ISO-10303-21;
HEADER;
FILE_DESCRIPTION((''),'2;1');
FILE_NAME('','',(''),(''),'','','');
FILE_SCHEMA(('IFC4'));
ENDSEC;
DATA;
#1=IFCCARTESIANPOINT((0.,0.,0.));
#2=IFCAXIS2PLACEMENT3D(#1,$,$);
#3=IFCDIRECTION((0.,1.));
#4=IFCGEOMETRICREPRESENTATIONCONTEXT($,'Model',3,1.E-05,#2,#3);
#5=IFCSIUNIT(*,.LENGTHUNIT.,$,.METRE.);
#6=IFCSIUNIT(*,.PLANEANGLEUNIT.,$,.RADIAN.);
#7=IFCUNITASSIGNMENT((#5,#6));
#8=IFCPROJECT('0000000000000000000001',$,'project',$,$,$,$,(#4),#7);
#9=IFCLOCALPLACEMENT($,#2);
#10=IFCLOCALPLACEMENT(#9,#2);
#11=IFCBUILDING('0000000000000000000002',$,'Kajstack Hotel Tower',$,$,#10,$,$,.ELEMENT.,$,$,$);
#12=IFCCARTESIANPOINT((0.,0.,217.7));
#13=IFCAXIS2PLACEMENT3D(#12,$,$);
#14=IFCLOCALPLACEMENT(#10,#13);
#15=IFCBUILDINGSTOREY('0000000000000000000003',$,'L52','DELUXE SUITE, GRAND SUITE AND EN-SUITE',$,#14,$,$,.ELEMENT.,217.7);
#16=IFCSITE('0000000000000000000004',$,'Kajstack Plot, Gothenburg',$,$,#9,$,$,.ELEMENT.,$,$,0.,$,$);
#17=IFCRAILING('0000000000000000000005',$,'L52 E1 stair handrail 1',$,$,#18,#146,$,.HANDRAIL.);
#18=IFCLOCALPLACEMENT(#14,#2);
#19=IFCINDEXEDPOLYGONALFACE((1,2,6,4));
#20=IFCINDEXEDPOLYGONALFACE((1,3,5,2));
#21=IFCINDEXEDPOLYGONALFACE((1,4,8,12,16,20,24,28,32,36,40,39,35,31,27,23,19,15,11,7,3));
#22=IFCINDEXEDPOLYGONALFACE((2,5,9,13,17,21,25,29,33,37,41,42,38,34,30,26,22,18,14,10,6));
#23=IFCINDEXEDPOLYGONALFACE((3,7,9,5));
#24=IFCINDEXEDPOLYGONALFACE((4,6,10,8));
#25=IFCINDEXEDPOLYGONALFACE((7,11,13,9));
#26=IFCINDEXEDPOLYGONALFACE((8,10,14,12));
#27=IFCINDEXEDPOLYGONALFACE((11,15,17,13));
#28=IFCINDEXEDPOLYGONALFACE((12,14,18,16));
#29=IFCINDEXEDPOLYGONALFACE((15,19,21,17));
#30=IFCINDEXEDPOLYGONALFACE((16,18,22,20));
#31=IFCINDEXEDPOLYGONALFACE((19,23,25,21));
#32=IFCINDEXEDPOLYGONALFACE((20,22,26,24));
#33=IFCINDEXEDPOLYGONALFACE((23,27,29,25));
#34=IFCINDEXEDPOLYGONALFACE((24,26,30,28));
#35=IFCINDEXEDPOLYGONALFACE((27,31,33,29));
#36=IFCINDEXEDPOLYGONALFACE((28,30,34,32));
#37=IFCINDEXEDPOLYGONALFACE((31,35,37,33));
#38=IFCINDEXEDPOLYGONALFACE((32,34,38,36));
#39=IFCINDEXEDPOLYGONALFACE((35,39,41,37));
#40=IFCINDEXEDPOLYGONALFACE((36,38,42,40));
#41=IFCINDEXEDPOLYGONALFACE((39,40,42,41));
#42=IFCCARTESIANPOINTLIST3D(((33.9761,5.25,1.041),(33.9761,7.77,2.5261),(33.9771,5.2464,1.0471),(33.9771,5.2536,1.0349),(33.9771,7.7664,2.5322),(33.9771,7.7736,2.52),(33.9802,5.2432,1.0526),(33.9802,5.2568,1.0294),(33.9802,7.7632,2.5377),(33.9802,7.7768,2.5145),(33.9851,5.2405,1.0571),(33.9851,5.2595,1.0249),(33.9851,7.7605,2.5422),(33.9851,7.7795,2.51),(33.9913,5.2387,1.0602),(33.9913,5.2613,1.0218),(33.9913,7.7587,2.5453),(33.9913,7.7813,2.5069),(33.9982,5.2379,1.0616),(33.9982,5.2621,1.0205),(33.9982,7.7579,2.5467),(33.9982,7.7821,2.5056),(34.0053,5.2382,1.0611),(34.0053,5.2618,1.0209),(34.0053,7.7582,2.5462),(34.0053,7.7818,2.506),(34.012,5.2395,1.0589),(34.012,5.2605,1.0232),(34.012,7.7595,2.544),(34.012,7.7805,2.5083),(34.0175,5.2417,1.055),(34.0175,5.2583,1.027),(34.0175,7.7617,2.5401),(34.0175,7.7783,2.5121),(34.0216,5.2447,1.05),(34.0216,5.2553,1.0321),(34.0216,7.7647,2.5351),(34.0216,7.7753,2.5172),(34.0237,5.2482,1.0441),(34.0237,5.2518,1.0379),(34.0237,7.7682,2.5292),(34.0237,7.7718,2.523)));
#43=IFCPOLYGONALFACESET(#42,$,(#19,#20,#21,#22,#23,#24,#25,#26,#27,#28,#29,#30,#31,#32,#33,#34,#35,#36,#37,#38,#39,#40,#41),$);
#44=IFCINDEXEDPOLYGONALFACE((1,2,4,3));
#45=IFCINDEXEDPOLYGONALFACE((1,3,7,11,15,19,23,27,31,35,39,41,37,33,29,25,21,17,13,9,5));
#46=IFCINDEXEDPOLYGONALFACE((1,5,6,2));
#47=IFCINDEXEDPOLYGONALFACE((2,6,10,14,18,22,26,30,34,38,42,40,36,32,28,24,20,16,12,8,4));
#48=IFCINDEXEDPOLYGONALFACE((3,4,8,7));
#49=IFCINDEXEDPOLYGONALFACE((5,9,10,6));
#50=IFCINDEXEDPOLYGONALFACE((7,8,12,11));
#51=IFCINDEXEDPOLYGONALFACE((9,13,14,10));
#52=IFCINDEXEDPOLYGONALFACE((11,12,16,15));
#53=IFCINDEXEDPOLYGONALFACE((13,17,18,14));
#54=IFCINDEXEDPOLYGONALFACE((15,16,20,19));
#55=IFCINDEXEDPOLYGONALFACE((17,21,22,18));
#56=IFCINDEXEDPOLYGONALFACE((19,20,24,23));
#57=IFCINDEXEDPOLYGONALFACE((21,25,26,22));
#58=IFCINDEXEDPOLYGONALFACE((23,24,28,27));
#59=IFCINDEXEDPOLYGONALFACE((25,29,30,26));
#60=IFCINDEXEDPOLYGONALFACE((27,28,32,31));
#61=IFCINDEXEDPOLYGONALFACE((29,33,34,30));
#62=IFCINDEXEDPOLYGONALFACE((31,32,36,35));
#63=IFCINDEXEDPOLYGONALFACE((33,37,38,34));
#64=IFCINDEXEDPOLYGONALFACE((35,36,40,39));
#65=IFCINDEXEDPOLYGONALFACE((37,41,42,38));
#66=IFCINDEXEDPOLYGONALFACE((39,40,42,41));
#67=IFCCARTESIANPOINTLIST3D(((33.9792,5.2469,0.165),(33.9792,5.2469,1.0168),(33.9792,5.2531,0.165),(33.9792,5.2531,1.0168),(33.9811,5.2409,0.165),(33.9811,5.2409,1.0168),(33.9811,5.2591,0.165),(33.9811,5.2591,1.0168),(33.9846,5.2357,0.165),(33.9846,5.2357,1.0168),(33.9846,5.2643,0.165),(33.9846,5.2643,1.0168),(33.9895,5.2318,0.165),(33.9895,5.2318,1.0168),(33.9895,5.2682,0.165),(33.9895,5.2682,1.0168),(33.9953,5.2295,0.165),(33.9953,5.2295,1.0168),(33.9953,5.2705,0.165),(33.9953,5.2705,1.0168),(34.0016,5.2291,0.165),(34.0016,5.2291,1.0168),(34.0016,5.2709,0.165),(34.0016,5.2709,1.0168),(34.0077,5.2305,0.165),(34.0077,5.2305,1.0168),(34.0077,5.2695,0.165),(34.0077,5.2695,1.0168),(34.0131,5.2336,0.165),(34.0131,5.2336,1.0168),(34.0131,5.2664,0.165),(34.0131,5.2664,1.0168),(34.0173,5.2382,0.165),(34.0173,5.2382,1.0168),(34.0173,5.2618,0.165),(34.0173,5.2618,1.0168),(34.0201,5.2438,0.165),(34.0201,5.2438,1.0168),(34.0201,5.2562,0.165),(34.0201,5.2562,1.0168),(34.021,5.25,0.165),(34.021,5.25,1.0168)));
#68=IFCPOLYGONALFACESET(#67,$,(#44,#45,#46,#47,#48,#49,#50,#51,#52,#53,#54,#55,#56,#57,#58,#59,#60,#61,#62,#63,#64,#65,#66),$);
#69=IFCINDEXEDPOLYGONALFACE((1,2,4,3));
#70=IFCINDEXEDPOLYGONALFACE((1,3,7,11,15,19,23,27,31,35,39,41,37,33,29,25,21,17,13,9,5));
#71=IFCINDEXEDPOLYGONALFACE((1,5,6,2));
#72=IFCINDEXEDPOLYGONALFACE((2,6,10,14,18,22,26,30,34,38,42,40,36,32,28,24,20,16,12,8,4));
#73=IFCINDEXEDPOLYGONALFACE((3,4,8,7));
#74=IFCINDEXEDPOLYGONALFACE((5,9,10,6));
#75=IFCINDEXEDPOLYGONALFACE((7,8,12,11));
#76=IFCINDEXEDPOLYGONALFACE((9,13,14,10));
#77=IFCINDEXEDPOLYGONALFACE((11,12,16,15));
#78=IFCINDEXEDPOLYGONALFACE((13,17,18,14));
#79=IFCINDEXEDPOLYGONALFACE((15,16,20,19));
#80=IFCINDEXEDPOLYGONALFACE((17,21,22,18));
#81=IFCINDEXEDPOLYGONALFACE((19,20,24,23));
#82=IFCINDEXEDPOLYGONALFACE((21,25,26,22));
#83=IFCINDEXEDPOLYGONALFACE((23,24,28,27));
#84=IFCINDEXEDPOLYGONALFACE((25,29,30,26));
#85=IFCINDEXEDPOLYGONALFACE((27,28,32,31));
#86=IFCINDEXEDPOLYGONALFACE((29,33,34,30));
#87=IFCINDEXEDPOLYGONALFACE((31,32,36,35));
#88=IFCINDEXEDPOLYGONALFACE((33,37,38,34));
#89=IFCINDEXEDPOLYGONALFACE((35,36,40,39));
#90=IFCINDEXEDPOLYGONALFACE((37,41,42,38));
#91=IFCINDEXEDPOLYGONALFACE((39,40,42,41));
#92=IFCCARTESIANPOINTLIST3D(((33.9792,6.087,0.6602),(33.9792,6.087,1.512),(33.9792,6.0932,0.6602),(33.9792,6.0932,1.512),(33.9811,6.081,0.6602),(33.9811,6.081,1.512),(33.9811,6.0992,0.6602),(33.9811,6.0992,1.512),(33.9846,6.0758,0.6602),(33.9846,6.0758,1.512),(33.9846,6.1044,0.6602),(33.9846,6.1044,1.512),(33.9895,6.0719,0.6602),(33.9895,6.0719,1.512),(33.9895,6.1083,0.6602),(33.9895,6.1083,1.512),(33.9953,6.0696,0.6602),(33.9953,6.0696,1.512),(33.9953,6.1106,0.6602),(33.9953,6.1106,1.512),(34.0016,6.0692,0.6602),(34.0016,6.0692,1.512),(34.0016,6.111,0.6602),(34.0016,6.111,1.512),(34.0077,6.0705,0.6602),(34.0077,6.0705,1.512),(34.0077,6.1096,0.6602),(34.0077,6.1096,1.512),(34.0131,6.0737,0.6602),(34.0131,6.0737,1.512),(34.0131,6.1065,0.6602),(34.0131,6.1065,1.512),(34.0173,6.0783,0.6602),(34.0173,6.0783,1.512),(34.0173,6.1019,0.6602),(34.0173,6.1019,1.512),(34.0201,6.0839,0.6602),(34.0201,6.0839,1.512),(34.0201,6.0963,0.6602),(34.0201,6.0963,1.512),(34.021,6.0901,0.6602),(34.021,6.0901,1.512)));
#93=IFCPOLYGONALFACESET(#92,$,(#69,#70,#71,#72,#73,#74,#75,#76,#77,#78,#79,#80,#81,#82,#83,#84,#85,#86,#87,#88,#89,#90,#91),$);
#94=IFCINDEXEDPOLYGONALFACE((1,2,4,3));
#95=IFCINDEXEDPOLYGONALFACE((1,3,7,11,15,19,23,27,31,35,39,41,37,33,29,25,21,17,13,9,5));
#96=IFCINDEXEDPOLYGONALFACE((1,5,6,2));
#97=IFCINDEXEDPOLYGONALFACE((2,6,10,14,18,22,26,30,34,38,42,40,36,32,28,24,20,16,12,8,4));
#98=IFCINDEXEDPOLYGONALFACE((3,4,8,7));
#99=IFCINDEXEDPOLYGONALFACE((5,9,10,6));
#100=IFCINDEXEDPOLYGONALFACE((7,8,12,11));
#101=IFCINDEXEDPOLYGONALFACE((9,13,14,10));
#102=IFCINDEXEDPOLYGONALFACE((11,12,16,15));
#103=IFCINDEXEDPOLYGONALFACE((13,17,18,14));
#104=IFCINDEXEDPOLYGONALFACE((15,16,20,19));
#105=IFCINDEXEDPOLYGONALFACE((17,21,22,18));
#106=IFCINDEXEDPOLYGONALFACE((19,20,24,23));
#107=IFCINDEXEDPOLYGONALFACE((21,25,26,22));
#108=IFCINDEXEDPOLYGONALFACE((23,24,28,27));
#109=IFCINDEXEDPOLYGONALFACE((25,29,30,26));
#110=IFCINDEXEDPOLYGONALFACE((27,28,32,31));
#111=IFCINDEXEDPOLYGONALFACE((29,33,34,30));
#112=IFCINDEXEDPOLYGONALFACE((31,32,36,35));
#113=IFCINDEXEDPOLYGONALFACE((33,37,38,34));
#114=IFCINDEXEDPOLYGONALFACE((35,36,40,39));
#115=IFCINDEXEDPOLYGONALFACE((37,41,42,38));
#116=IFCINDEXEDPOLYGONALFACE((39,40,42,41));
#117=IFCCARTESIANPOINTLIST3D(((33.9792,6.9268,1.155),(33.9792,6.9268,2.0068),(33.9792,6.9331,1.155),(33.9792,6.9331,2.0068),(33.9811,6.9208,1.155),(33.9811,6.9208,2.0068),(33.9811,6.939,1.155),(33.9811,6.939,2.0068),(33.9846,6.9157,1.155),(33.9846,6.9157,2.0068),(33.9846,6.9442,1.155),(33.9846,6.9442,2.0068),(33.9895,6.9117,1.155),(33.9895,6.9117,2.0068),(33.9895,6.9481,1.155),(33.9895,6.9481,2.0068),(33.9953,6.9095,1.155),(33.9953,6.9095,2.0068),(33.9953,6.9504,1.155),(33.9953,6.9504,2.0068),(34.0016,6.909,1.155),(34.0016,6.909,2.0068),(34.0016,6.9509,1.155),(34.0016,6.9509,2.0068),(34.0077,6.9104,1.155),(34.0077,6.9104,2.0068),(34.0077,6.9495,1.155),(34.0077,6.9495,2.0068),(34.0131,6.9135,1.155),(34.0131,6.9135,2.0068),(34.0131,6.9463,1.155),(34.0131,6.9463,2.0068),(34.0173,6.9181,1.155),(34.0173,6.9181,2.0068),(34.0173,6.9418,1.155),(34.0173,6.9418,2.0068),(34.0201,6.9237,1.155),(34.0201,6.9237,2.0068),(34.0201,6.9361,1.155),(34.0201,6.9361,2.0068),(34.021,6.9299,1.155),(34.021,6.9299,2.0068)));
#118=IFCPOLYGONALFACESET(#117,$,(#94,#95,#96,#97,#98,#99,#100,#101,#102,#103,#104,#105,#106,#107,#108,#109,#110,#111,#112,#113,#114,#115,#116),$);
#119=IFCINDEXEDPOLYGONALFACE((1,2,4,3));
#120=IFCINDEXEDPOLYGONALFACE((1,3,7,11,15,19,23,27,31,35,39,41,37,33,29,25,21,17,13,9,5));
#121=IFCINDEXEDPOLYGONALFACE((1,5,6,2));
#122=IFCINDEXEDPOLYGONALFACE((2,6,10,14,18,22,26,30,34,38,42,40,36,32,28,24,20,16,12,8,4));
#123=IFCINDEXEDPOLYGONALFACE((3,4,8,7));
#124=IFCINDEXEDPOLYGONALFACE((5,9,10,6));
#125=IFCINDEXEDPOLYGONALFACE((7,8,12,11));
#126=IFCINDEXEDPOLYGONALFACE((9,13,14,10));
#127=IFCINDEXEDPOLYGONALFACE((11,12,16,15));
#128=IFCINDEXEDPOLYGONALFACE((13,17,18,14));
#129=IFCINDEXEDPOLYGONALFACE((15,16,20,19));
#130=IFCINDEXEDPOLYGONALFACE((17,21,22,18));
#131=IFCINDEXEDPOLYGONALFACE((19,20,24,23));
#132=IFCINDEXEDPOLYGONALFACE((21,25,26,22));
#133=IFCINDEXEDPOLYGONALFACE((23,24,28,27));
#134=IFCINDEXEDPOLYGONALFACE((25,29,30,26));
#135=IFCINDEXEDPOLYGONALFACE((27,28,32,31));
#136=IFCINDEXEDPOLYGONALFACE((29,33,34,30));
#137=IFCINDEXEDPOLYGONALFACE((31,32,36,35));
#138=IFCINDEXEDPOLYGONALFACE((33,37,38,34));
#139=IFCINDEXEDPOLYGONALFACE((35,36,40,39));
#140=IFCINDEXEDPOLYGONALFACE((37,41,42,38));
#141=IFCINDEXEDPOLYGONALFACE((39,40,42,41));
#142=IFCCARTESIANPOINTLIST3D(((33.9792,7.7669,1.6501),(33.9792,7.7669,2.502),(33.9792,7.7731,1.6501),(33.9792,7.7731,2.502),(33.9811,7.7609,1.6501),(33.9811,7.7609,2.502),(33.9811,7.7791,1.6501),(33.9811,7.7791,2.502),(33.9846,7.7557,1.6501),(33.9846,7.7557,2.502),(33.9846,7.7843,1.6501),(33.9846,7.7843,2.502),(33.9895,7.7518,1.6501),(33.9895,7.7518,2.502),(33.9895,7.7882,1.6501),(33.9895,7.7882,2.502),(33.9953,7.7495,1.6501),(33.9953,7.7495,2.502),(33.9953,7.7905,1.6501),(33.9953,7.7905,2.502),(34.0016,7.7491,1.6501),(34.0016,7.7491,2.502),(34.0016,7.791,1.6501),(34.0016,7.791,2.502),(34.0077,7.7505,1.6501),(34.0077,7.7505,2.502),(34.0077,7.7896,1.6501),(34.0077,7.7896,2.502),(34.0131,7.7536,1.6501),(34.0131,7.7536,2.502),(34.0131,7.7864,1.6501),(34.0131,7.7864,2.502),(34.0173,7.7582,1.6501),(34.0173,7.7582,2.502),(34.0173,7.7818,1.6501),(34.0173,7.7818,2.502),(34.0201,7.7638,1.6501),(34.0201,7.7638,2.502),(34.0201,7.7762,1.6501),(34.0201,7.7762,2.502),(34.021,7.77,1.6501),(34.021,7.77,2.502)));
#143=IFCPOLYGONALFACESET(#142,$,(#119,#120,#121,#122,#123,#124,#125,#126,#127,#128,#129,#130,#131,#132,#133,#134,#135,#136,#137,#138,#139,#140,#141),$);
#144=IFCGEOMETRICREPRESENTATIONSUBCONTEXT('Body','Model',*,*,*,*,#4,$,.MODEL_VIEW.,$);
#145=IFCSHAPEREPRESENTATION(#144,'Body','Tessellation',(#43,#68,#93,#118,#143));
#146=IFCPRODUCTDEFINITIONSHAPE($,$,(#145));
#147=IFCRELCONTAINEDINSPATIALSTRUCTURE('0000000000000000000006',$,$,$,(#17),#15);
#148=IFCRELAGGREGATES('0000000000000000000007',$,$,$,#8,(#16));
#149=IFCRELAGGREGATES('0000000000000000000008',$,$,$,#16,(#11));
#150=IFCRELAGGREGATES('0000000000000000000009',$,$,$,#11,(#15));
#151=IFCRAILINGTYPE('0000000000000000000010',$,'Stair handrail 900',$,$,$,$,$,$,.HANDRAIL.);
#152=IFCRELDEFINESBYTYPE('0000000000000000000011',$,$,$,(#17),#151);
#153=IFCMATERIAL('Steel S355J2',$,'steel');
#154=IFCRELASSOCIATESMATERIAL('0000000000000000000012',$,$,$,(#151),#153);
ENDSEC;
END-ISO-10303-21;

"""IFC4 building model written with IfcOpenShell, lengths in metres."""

from ifc_helpers import new_model, si_unit, direction, frame, origin, origin_2d, place, context, subcontext, project, spatial, circle, extrude, material, type_object, element, save


model = new_model("IFC4")

# Units and contexts
model_context = context("Model", 3, precision=1e-05, world=origin(), true_north=direction((0.0, 1.0)))
body_context = subcontext(model_context, "Body", "Model", "MODEL_VIEW")
ifc_project = project(units=[si_unit("LENGTHUNIT", "METRE"), si_unit("PLANEANGLEUNIT", "RADIAN")], contexts=[model_context])

# Site, building, storey
site_placement = place(None, origin())
site = spatial("IfcSite", under=ifc_project, at=site_placement, Name="Kajstack Plot, Gothenburg", CompositionType="ELEMENT", RefElevation=0.0)
building_placement = place(site_placement, origin())
building = spatial("IfcBuilding", under=site, at=building_placement, Name="Kajstack Hotel Tower", CompositionType="ELEMENT")
storey_placement = place(building_placement, frame((0.0, 0.0, 217.7)))
storey = spatial("IfcBuildingStorey", under=building, at=storey_placement, Name="L52", Description="DELUXE SUITE, GRAND SUITE AND EN-SUITE", CompositionType="ELEMENT", Elevation=217.7)

# Railing
ifc_material_1 = material(Name="Steel S355J2", Category="steel")
railing_type_1 = type_object("IfcRailingType", Name="Stair handrail 900", PredefinedType="HANDRAIL", material=ifc_material_1)
railing_1_placement = place(storey_placement, frame((34.0, 5.25, 0.165)))
element("IfcRailing", 1, at=railing_1_placement, inside=storey, type_object=railing_type_1, Name="L52 E1 stair handrail 1", PredefinedType="HANDRAIL", context=body_context, shape_type="SweptSolid", body=[
    extrude(circle(Radius=0.0239, at=origin_2d()), frame((0.0, 0.0, 0.876), z_axis=(0.0, 0.861524, 0.507717), x_axis=(-1.0, 0.0, 0.0)), (0.0, 0.0, 1.0), 2.925),
    extrude(circle(Radius=0.021, at=origin_2d()), origin(), (0.0, 0.0, 1.0), 0.8518),
    extrude(circle(Radius=0.021, at=origin_2d()), frame((0.0, 0.8401, 0.4951)), (0.0, 0.0, 1.0), 0.8518),
    extrude(circle(Radius=0.021, at=origin_2d()), frame((0.0, 1.6799, 0.99)), (0.0, 0.0, 1.0), 0.8518),
    extrude(circle(Radius=0.021, at=origin_2d()), frame((0.0, 2.52, 1.4851)), (0.0, 0.0, 1.0), 0.8518),
])

save(model, "model.ifc")
